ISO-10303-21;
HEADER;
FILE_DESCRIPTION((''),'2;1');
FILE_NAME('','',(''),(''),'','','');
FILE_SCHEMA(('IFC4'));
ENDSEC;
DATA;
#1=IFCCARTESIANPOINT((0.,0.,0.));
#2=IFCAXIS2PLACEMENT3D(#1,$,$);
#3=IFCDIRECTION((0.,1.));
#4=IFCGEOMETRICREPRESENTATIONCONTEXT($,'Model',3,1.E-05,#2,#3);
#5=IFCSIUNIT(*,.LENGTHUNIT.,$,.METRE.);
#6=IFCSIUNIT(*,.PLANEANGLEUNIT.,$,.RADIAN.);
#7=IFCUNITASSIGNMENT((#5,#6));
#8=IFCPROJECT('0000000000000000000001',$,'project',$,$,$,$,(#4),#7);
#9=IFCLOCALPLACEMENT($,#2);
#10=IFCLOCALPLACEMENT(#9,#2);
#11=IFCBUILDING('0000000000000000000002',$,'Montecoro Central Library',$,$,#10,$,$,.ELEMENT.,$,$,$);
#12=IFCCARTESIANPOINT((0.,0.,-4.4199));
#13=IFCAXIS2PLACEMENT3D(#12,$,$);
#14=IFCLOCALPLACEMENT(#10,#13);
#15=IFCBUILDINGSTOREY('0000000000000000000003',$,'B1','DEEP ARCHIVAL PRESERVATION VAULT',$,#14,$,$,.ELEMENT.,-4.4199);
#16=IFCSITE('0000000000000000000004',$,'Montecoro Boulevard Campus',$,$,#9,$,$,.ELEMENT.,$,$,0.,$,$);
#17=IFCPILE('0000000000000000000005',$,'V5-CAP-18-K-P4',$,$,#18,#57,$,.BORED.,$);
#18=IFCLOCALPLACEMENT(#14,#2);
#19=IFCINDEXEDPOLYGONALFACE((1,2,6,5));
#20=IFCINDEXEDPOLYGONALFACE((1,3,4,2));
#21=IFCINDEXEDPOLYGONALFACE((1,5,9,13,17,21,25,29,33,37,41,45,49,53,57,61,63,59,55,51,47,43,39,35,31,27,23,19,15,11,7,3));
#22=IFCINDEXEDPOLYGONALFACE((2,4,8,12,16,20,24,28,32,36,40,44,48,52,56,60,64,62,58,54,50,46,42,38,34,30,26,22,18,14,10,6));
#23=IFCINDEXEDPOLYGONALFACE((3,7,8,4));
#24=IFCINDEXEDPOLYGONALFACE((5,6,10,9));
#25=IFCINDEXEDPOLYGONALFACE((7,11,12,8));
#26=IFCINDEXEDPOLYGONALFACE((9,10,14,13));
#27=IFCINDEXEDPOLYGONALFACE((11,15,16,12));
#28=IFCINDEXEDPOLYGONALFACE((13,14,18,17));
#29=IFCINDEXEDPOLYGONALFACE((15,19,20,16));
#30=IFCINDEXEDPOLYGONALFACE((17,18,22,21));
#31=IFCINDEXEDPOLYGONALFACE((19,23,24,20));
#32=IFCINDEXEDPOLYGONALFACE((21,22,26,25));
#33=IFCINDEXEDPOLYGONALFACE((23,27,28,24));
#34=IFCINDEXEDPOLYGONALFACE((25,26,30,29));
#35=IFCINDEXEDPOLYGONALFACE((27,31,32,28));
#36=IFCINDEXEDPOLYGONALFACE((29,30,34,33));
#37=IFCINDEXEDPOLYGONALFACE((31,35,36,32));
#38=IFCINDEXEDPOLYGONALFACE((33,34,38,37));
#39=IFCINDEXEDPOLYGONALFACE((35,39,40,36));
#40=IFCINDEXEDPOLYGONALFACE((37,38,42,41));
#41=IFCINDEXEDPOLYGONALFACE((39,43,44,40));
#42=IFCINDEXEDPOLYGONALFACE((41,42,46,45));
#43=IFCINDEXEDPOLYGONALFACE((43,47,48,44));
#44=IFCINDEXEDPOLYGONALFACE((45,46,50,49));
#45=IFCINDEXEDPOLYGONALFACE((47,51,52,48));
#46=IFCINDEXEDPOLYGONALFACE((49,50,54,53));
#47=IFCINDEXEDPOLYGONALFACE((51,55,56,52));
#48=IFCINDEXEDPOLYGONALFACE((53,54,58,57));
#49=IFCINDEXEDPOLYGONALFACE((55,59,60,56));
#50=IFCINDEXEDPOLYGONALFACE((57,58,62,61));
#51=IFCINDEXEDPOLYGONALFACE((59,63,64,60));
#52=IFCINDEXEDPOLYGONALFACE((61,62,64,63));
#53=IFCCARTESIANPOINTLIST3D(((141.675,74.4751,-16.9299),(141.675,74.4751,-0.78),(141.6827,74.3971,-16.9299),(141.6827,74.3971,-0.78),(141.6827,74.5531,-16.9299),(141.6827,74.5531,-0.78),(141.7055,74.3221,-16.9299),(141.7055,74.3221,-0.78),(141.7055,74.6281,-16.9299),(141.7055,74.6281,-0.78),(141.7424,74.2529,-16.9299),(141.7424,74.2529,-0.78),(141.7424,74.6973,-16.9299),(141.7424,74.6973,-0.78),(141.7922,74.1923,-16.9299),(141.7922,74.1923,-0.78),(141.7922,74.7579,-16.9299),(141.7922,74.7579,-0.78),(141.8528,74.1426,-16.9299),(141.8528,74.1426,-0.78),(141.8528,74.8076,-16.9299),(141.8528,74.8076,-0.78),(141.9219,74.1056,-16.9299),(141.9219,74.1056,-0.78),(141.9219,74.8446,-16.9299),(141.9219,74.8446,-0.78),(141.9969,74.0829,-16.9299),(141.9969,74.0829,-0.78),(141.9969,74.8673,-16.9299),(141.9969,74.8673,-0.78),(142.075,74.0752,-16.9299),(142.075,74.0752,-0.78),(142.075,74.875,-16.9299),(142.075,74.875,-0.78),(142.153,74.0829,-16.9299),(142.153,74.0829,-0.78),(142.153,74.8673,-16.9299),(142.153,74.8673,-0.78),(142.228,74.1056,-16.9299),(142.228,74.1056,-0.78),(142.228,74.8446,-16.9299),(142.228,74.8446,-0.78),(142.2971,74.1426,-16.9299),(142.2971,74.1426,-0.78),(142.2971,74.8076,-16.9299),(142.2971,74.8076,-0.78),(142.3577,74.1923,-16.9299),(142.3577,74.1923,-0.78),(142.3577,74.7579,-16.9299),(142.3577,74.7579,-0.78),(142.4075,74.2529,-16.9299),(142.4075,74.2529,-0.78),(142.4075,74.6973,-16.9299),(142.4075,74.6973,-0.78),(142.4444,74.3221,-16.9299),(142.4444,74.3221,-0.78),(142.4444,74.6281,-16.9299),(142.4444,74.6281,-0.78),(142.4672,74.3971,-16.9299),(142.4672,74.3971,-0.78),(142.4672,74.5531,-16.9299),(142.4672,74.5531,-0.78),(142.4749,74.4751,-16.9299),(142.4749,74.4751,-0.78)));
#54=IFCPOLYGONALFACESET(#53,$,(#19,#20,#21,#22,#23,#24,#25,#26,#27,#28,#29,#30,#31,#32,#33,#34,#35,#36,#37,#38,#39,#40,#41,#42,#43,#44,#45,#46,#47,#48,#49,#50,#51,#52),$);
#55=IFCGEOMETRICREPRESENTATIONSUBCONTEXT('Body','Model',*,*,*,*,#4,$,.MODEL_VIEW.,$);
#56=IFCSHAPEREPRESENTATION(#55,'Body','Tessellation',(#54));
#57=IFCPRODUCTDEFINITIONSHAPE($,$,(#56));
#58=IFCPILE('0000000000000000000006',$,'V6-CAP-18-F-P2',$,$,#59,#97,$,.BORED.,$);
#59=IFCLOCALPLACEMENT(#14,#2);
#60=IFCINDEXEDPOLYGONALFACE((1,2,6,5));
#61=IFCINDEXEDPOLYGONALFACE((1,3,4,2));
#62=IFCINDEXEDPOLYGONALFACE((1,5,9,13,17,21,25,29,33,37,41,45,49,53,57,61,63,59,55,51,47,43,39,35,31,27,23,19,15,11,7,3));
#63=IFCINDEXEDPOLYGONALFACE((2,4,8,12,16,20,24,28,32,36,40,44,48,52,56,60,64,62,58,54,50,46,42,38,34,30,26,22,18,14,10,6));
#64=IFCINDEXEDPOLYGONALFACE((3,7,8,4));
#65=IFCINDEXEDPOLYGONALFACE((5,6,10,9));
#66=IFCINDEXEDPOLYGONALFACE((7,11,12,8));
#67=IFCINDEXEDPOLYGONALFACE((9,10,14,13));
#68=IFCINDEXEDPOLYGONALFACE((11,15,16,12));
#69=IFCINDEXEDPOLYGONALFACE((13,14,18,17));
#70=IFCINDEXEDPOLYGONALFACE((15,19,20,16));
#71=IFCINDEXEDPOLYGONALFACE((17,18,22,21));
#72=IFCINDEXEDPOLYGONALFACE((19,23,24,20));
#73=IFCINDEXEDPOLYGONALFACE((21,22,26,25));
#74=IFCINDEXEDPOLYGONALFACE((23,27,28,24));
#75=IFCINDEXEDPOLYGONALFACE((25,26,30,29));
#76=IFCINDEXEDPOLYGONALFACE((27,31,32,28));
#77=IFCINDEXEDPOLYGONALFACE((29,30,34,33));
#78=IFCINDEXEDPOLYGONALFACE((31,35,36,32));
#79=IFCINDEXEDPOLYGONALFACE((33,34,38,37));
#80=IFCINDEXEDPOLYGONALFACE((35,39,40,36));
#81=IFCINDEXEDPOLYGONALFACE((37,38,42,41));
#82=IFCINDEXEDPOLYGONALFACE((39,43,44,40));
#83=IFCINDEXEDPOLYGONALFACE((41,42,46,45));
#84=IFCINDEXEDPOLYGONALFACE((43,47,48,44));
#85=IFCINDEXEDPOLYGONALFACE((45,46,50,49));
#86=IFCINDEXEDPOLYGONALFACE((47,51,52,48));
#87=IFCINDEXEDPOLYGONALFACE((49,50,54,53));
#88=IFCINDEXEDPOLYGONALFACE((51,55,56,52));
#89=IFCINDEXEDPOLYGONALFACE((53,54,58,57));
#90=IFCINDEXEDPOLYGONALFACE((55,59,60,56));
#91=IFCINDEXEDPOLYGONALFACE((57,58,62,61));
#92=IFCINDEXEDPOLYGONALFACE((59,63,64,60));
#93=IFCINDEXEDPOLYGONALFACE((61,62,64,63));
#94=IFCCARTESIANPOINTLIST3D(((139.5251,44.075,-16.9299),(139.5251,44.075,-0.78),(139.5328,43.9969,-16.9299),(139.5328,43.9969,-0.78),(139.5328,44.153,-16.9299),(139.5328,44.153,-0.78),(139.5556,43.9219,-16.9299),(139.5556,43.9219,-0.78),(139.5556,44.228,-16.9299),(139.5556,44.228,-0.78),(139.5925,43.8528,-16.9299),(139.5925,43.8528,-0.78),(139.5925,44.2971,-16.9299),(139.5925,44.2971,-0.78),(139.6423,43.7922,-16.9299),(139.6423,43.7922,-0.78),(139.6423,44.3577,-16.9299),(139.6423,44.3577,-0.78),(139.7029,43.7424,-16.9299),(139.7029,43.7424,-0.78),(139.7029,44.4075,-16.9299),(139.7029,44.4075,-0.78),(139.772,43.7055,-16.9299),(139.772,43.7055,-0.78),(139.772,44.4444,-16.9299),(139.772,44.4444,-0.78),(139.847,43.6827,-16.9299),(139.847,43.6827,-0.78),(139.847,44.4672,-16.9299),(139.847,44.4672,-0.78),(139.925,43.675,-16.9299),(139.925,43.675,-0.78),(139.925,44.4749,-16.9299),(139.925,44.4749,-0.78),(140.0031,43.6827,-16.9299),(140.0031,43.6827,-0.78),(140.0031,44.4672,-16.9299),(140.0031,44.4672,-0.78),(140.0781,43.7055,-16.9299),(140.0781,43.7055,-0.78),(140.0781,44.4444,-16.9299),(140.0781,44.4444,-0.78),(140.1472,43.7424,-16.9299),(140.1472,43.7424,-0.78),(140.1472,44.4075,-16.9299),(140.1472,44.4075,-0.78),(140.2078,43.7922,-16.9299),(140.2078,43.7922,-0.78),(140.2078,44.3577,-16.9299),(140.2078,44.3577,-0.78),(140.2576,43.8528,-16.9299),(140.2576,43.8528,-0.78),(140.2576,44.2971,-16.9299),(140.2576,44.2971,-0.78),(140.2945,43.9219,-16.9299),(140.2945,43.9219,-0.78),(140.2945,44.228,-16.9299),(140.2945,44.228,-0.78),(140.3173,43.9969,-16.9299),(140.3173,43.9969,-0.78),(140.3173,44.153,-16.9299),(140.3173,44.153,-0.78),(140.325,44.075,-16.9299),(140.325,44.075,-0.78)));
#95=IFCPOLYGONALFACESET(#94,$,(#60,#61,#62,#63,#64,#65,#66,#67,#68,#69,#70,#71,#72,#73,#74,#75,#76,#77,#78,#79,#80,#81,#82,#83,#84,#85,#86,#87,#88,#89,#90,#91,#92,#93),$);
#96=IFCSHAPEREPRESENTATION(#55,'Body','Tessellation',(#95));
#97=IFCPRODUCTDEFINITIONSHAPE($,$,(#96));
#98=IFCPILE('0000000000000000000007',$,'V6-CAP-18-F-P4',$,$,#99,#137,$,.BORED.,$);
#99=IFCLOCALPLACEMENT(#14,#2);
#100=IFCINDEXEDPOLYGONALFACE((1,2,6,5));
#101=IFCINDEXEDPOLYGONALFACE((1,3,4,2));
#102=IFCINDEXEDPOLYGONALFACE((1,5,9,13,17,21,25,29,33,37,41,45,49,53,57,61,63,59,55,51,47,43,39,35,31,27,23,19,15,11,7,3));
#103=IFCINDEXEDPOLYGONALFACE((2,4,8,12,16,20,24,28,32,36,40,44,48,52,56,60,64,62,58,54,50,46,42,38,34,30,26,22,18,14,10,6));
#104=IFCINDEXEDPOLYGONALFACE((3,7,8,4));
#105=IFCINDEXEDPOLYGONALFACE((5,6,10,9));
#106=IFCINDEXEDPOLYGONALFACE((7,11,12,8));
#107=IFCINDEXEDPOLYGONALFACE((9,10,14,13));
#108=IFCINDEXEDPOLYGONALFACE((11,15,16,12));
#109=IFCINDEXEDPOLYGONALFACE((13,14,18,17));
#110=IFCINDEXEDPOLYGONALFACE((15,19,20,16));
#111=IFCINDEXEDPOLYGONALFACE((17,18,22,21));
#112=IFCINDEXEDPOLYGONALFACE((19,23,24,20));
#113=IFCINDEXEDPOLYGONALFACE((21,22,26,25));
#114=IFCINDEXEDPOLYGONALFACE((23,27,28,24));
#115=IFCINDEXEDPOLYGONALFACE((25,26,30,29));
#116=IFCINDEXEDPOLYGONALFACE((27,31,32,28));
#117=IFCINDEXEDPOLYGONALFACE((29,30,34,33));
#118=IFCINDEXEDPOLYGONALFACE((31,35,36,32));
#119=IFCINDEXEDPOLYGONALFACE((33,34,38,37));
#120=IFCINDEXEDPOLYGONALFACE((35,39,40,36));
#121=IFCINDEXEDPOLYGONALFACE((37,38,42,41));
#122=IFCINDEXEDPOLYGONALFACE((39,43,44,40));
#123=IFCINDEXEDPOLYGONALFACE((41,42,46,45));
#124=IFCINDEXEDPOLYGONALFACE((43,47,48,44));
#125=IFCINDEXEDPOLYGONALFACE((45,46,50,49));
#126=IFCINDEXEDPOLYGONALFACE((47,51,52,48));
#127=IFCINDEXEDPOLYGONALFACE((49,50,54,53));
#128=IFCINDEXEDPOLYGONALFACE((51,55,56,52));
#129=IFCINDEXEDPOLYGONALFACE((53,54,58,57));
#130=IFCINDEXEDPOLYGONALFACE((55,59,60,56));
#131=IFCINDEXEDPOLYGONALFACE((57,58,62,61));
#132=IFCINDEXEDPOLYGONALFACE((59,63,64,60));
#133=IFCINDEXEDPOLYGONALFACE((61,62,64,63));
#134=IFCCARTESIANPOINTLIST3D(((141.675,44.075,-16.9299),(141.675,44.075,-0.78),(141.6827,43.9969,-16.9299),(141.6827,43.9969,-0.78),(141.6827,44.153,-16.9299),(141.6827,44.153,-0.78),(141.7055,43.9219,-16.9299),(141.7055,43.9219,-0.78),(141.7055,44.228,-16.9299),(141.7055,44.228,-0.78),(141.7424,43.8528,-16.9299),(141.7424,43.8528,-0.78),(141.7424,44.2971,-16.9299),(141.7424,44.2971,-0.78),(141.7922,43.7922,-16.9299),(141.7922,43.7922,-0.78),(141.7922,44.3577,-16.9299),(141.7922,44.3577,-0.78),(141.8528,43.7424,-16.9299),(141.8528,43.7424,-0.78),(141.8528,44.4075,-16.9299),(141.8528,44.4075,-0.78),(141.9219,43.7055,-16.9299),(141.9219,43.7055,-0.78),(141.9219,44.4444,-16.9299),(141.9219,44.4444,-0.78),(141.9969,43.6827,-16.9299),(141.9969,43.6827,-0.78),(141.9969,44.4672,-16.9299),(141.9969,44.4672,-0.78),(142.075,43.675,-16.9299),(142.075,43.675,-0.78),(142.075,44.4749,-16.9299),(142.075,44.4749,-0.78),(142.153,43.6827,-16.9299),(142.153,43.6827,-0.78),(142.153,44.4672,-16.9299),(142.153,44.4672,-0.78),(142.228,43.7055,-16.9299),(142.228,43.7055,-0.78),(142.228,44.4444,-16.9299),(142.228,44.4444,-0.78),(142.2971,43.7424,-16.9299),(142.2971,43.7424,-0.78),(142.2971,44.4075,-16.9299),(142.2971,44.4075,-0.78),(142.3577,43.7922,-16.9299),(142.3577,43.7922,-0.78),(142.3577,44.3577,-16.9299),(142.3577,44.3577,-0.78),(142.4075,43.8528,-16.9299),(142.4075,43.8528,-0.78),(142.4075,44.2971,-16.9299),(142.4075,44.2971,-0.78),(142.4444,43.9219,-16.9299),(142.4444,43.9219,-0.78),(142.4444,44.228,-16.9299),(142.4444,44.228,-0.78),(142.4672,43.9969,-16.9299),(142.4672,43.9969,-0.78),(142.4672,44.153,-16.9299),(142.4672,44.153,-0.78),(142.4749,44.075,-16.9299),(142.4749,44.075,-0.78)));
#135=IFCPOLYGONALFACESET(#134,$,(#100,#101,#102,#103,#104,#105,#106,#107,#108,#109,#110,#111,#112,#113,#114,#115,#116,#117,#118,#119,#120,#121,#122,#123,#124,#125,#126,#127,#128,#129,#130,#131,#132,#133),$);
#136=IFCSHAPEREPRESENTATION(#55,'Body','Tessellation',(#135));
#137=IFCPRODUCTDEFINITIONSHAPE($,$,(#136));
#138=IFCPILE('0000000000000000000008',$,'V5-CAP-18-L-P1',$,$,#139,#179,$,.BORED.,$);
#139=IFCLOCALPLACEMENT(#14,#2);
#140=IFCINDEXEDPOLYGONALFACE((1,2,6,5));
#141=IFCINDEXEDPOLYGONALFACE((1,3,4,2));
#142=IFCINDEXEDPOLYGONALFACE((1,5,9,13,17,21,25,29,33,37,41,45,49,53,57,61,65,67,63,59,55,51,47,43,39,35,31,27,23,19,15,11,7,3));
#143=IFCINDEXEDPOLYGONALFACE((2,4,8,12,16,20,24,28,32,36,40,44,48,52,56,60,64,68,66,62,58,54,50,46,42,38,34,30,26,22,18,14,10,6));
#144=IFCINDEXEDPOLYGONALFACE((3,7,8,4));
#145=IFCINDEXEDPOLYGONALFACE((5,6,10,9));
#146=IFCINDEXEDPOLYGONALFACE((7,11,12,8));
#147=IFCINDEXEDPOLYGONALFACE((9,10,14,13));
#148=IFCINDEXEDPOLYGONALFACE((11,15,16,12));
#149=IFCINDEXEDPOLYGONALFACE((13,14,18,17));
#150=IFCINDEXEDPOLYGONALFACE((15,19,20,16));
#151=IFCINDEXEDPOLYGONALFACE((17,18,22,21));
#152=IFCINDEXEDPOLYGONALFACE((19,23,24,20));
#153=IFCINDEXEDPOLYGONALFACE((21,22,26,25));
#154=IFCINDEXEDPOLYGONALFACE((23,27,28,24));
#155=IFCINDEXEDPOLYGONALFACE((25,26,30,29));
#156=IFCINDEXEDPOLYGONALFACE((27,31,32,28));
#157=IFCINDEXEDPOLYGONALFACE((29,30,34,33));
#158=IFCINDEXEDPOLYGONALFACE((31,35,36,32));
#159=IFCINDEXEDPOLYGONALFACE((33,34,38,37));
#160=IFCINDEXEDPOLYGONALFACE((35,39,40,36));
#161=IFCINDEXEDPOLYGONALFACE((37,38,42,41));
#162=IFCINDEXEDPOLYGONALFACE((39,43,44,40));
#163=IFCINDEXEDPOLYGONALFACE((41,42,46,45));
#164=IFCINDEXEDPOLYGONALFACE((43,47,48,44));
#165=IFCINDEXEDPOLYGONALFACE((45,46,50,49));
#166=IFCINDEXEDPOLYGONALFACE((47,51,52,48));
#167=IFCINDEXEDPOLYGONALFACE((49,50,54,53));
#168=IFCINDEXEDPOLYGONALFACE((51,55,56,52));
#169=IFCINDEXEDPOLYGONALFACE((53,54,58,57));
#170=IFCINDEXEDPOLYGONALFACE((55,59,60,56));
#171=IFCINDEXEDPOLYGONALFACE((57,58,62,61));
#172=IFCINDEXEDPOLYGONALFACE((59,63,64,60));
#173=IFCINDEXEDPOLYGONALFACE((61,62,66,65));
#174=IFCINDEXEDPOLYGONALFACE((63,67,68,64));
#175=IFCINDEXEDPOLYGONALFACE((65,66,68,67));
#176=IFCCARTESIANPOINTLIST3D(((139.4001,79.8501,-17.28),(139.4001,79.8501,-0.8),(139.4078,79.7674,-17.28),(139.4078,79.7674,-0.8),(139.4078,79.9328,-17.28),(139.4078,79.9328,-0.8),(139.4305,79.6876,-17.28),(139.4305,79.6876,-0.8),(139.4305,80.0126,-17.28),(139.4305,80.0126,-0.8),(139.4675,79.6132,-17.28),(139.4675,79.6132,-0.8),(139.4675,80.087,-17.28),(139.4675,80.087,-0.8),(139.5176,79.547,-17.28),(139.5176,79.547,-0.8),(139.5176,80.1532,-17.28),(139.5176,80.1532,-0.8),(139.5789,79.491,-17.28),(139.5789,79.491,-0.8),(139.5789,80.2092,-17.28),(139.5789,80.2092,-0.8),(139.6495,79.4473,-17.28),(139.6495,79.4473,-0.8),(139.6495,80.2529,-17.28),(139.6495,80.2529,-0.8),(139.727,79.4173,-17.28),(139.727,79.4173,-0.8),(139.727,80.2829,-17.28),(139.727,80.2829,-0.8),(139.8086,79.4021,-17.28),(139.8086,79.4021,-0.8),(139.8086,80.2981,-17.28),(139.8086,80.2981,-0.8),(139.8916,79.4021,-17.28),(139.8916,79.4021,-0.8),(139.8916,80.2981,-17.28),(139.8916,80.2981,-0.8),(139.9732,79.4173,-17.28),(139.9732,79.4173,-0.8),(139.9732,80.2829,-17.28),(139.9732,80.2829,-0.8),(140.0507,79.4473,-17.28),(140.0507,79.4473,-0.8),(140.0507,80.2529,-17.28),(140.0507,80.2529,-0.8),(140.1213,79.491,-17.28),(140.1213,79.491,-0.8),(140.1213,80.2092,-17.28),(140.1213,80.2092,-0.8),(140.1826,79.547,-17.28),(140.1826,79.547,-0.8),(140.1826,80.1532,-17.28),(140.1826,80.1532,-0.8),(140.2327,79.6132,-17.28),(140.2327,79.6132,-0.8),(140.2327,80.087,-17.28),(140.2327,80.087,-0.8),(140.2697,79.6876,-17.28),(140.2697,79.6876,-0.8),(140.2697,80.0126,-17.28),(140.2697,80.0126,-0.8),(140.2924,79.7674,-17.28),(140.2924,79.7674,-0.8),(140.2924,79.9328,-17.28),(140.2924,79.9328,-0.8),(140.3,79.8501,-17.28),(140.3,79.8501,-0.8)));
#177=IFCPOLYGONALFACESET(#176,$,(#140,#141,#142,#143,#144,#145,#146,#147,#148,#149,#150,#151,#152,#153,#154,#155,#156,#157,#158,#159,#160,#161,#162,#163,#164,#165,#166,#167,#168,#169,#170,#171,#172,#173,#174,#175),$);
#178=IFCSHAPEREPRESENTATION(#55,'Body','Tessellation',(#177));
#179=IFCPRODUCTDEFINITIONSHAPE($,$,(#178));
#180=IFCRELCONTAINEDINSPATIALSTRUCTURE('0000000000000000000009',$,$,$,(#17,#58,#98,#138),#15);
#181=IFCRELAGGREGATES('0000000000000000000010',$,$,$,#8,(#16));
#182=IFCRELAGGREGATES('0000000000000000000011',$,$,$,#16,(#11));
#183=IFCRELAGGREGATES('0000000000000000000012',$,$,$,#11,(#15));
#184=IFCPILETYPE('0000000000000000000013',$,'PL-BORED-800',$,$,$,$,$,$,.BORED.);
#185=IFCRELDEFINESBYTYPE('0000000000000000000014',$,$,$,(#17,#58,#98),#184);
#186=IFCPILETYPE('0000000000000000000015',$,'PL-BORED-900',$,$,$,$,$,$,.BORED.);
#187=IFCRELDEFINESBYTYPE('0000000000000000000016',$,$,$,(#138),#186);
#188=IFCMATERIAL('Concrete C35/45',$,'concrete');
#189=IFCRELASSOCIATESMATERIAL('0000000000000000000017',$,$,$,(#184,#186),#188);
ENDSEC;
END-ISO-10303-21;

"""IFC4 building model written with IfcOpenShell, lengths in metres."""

from ifc_helpers import new_model, si_unit, direction, frame, origin, origin_2d, place, context, subcontext, project, spatial, circle, extrude, material, material_profile, profile_set, type_object, element, save


model = new_model("IFC4")

# Units and contexts
model_context = context("Model", 3, precision=1e-05, world=origin(), true_north=direction((0.0, 1.0)))
body_context = subcontext(model_context, "Body", "Model", "MODEL_VIEW")
ifc_project = project(units=[si_unit("LENGTHUNIT", "METRE"), si_unit("PLANEANGLEUNIT", "RADIAN")], contexts=[model_context])

# Site, building, storey
site_placement = place(None, origin())
site = spatial("IfcSite", under=ifc_project, at=site_placement, Name="Montecoro Boulevard Campus", CompositionType="ELEMENT", RefElevation=0.0)
building_placement = place(site_placement, origin())
building = spatial("IfcBuilding", under=site, at=building_placement, Name="Montecoro Central Library", CompositionType="ELEMENT")
storey_placement = place(building_placement, frame((0.0, 0.0, -4.4199)))
storey = spatial("IfcBuildingStorey", under=building, at=storey_placement, Name="B1", Description="DEEP ARCHIVAL PRESERVATION VAULT", CompositionType="ELEMENT", Elevation=-4.4199)

# Shared definitions
ifc_material_1 = material(Name="Concrete C35/45", Category="concrete")

# Piles
ifc_material_profile_1 = material_profile(ifc_material_1, circle(Radius=0.3999, at=origin_2d()), Name="PILE D800")
ifc_profile_set_1 = profile_set([ifc_material_profile_1], Name="Concrete C35/45")
pile_type_1 = type_object("IfcPileType", Name="PL-BORED-800", PredefinedType="BORED", material=ifc_profile_set_1)
for number, where, z_axis, x_axis, name in (
    (1, (142.075, 74.4751, -0.78), (0.0, 0.0, -1.0), (1.0, 0.0, 0.0), "V5-CAP-18-K-P4"),
    (2, (139.925, 44.075, -0.78), (0.0, 0.0, -1.0), (1.0, 0.0, 0.0), "V6-CAP-18-F-P2"),
    (3, (142.075, 44.075, -0.78), (0.0, 0.0, -1.0), (1.0, 0.0, 0.0), "V6-CAP-18-F-P4"),
):
    element("IfcPile", number, at=place(storey_placement, frame(where, z_axis=z_axis, x_axis=x_axis)), inside=storey, type_object=pile_type_1, Name=name, PredefinedType="BORED", context=body_context, shape_type="SweptSolid", body=[
        extrude(circle(Radius=0.3999, at=origin_2d()), origin(), (0.0, 0.0, 1.0), 16.1499),
    ])
ifc_material_profile_2 = material_profile(ifc_material_1, circle(Radius=0.45, at=origin_2d()), Name="PILE D900")
ifc_profile_set_2 = profile_set([ifc_material_profile_2], Name="Concrete C35/45")
pile_type_2 = type_object("IfcPileType", Name="PL-BORED-900", PredefinedType="BORED", material=ifc_profile_set_2)
for number, where, z_axis, x_axis, name in (
    (4, (139.8501, 79.8501, -0.8), (0.0, 0.0, -1.0), (1.0, 0.0, 0.0), "V5-CAP-18-L-P1"),
):
    element("IfcPile", number, at=place(storey_placement, frame(where, z_axis=z_axis, x_axis=x_axis)), inside=storey, type_object=pile_type_2, Name=name, PredefinedType="BORED", context=body_context, shape_type="SweptSolid", body=[
        extrude(circle(Radius=0.45, at=origin_2d()), origin(), (0.0, 0.0, 1.0), 16.48),
    ])

save(model, "model.ifc")
